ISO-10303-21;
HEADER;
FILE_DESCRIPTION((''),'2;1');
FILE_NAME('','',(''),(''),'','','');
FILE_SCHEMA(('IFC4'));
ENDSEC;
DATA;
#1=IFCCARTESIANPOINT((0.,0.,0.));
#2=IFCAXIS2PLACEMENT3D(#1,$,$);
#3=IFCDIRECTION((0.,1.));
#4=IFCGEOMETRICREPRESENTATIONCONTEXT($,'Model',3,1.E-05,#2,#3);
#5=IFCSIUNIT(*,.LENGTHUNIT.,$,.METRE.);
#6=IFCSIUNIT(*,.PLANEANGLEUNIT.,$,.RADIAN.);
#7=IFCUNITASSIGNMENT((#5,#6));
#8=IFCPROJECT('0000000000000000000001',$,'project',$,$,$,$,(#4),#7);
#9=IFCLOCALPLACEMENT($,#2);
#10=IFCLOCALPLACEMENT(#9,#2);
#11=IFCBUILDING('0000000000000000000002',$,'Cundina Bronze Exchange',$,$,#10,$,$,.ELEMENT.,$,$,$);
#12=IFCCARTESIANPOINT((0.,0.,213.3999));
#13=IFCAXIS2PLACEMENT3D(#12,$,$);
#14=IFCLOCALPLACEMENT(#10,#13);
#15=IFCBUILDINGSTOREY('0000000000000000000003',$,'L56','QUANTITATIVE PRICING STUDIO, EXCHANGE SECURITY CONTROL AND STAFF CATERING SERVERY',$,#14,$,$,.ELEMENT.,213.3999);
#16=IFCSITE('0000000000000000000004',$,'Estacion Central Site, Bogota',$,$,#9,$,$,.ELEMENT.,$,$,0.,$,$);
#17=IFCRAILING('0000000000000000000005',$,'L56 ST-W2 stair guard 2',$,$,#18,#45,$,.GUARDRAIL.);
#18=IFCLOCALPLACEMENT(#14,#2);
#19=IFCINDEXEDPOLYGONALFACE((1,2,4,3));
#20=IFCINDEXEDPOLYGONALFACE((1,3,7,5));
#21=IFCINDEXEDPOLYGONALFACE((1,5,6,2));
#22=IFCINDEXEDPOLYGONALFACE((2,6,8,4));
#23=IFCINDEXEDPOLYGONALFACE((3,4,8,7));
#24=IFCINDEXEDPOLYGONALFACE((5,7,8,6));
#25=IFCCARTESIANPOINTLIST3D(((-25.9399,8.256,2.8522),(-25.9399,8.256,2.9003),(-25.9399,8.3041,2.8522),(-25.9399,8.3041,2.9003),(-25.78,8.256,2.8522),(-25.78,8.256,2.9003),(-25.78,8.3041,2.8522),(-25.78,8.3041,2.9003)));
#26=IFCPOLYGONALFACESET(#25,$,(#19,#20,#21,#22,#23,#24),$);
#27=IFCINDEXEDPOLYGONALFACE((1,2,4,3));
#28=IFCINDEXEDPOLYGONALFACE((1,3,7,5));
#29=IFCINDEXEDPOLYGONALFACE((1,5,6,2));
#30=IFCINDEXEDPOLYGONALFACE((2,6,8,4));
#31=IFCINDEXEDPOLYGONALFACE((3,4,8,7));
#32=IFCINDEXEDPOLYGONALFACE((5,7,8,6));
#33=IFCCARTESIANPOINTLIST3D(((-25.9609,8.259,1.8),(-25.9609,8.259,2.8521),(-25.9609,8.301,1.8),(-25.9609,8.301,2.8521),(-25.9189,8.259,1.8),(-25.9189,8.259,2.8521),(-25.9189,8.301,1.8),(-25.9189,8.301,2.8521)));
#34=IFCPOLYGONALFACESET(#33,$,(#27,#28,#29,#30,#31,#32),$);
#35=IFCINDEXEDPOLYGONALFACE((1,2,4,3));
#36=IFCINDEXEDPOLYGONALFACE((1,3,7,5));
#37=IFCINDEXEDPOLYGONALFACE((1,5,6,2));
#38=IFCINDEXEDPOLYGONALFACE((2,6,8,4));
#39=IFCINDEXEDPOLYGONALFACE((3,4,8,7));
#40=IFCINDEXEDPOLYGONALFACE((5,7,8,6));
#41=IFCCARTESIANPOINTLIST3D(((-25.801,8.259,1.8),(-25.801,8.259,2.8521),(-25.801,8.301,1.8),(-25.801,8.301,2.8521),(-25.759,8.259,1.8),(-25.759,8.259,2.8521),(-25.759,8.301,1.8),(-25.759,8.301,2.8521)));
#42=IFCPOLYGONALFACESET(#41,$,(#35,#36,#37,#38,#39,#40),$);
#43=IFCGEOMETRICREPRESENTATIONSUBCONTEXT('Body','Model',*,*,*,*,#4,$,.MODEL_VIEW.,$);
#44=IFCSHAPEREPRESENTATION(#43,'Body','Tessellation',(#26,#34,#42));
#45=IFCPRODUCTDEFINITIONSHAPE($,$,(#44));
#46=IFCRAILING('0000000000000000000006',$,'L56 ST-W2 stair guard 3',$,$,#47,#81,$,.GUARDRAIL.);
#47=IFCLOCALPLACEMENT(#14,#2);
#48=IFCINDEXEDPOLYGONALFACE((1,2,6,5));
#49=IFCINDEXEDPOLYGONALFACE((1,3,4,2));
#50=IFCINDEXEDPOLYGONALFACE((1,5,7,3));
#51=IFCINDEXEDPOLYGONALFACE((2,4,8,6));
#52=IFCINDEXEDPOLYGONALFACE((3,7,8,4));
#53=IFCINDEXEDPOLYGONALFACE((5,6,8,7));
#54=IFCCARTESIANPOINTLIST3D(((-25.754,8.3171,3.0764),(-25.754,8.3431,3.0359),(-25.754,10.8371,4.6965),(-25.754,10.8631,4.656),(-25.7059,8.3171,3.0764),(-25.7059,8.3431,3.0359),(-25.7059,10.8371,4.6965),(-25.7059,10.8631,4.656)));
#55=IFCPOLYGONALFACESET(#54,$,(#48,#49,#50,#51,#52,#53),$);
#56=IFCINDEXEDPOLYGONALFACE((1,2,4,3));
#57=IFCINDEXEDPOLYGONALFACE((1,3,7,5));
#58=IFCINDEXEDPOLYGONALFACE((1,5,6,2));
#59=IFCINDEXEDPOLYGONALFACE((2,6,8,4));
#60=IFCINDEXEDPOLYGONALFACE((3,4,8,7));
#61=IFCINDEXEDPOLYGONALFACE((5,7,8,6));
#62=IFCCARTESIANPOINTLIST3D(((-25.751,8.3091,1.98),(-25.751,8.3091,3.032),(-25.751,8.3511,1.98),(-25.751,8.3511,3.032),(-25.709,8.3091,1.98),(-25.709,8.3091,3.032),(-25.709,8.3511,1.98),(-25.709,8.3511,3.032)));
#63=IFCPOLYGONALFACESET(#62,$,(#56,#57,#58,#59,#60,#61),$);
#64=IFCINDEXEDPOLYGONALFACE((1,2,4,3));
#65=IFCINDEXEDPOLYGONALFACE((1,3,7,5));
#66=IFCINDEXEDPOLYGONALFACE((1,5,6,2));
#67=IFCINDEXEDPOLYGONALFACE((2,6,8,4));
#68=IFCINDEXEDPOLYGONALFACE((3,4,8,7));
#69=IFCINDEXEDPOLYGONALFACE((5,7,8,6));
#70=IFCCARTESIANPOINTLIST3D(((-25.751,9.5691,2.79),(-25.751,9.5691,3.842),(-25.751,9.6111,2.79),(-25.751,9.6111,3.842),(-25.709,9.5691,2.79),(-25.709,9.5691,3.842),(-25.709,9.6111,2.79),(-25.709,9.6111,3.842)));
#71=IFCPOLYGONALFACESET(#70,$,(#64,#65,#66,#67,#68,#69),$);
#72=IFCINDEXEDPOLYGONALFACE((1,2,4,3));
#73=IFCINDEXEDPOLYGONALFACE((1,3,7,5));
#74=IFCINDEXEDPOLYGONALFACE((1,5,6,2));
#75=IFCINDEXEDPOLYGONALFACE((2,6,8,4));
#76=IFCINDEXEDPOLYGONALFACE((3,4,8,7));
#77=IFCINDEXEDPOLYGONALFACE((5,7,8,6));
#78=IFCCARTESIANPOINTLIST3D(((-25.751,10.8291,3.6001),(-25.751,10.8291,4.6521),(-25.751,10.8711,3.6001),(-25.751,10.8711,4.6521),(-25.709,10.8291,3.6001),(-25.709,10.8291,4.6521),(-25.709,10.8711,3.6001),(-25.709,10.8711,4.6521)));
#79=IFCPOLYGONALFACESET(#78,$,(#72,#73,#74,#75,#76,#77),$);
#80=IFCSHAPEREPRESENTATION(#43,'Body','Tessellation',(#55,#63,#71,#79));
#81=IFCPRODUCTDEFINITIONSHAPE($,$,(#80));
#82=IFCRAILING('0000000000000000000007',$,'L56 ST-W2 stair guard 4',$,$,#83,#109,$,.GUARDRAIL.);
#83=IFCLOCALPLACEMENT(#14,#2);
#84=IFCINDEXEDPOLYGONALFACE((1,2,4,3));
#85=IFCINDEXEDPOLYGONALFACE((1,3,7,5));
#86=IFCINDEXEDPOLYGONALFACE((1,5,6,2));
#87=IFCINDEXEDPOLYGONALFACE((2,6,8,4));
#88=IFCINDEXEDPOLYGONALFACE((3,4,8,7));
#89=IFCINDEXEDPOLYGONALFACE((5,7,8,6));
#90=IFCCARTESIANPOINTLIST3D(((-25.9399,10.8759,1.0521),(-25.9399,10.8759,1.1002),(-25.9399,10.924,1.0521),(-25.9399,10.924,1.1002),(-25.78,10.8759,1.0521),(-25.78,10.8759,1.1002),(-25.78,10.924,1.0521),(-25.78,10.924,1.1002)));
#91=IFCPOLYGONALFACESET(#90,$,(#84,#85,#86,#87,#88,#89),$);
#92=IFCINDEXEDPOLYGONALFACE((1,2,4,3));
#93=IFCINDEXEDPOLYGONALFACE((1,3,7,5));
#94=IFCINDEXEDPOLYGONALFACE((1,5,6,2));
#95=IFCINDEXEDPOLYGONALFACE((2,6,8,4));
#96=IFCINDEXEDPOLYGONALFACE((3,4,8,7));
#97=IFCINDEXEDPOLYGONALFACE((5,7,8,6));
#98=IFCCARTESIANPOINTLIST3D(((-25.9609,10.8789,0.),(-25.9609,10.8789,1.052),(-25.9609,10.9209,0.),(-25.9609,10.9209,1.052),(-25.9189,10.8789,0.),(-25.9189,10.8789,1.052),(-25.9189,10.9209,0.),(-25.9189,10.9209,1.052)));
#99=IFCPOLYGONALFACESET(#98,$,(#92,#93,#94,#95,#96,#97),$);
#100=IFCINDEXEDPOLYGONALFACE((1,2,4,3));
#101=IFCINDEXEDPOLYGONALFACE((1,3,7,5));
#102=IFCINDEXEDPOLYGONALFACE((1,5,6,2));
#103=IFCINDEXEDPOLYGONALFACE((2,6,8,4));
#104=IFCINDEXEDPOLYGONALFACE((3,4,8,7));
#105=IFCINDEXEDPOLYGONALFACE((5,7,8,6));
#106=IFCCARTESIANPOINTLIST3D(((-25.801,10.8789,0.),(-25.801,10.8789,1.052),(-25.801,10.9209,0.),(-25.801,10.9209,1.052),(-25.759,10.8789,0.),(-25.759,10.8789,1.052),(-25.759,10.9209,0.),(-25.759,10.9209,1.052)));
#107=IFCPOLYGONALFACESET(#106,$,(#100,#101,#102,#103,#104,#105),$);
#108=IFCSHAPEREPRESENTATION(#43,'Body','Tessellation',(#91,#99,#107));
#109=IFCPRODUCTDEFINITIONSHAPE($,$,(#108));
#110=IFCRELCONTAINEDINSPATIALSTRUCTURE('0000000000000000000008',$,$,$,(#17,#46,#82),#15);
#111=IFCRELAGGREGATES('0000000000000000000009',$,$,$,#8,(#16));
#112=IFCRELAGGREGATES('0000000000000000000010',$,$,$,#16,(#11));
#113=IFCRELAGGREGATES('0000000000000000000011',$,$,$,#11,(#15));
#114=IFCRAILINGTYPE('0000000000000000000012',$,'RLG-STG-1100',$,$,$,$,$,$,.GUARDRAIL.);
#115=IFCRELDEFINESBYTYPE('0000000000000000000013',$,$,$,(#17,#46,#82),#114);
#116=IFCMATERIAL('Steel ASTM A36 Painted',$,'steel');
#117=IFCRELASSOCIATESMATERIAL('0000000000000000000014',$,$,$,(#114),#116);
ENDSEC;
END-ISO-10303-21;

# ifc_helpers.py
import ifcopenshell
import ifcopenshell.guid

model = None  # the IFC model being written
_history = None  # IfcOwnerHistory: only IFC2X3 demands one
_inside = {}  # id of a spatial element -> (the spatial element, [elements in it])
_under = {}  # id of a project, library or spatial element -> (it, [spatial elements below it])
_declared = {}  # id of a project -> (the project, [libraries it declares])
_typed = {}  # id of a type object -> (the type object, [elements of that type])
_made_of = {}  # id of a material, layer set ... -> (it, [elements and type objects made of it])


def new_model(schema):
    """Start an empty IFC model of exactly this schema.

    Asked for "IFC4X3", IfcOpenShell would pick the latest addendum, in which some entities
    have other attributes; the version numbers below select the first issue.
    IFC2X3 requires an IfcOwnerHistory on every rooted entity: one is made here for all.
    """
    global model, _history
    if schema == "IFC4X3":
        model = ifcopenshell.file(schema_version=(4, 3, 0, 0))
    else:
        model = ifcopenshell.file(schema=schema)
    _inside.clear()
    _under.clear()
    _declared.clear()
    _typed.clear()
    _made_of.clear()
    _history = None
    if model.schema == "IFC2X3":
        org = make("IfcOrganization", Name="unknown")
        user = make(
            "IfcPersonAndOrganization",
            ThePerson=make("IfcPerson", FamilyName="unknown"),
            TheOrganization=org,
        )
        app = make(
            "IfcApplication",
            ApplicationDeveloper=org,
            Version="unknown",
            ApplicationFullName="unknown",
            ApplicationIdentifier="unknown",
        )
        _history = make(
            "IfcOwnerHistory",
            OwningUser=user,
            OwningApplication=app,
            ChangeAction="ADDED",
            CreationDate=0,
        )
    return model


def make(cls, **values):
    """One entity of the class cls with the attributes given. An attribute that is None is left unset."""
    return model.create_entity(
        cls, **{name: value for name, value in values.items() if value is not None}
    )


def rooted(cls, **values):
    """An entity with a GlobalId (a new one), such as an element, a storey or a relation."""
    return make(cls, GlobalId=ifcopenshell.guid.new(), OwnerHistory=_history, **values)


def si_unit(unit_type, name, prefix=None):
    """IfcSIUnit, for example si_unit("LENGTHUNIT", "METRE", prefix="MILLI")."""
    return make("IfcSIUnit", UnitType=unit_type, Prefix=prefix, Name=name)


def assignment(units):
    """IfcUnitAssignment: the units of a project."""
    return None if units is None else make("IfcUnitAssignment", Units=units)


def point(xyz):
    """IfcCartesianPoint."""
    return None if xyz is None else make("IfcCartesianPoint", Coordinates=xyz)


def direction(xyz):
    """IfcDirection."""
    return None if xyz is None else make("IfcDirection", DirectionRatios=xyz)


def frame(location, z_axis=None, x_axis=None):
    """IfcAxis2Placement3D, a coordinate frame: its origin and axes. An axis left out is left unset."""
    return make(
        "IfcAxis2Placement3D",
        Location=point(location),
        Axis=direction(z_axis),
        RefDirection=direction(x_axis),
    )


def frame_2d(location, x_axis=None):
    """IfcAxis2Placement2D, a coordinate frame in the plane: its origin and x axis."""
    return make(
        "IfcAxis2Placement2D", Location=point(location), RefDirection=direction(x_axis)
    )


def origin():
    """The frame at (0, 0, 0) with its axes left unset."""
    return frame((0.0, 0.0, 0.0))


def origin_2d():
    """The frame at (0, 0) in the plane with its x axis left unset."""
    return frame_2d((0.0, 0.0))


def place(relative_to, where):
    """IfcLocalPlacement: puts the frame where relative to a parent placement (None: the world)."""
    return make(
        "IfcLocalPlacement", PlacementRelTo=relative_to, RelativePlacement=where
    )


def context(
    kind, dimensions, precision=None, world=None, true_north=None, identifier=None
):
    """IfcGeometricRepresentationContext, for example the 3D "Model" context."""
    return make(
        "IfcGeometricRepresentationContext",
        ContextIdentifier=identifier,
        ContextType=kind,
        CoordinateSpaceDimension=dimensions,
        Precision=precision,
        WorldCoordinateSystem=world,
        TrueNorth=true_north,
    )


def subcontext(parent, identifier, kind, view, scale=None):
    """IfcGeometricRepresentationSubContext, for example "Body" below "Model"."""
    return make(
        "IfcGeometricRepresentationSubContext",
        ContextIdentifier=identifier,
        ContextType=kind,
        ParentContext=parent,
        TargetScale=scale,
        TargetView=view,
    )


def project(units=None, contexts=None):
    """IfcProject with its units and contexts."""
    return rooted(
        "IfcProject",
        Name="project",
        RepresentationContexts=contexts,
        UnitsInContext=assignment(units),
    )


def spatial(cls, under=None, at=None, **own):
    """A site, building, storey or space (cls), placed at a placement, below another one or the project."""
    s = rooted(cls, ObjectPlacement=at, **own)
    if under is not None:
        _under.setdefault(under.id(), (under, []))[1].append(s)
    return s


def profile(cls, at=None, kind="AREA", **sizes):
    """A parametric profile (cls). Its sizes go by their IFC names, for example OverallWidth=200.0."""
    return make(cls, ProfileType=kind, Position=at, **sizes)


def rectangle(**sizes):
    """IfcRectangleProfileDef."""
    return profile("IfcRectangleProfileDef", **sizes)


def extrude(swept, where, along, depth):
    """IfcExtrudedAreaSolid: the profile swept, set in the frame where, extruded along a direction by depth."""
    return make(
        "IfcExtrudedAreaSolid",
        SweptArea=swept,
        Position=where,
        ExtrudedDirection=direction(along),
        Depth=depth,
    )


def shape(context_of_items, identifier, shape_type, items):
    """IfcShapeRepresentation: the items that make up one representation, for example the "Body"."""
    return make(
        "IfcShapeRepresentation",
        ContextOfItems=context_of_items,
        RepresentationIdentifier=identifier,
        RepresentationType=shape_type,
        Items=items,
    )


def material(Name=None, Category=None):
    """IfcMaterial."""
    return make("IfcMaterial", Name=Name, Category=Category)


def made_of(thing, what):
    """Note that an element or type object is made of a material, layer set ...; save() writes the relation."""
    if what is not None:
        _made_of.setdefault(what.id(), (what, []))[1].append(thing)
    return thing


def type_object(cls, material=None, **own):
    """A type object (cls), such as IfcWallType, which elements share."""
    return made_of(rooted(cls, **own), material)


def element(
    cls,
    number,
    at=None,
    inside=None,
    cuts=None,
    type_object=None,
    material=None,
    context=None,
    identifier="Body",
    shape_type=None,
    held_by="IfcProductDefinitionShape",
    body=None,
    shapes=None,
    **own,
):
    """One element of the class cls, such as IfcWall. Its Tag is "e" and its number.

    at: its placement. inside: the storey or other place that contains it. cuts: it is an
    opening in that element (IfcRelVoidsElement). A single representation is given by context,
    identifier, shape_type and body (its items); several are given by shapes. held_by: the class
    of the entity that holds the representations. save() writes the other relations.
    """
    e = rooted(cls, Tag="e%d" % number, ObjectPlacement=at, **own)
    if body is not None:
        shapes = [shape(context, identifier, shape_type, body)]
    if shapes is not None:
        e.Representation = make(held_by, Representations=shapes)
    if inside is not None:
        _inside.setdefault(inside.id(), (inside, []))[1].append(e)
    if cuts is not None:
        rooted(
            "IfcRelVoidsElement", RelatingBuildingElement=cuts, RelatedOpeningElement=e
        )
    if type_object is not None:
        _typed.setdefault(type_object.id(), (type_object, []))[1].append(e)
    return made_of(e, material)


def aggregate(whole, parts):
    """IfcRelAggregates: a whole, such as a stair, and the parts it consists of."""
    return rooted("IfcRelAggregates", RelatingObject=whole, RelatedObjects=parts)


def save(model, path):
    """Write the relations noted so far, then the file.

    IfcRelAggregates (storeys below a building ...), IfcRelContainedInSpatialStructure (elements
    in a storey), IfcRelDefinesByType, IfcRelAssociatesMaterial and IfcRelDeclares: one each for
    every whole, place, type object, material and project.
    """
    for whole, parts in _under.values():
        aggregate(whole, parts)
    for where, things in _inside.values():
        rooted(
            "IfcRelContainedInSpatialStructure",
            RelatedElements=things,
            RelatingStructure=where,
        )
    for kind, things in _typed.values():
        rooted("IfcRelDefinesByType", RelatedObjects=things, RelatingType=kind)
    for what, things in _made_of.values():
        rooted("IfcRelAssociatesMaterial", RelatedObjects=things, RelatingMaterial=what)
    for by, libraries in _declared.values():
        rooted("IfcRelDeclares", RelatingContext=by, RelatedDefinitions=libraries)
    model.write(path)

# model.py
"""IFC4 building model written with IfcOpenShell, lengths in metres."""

from ifc_helpers import new_model, si_unit, direction, frame, origin, origin_2d, place, context, subcontext, project, spatial, rectangle, extrude, material, type_object, element, save


model = new_model("IFC4")

# Units and contexts
model_context = context("Model", 3, precision=1e-05, world=origin(), true_north=direction((0.0, 1.0)))
body_context = subcontext(model_context, "Body", "Model", "MODEL_VIEW")
ifc_project = project(units=[si_unit("LENGTHUNIT", "METRE"), si_unit("PLANEANGLEUNIT", "RADIAN")], contexts=[model_context])

# Site, building, storey
site_placement = place(None, origin())
site = spatial("IfcSite", under=ifc_project, at=site_placement, Name="Estacion Central Site, Bogota", CompositionType="ELEMENT", RefElevation=0.0)
building_placement = place(site_placement, origin())
building = spatial("IfcBuilding", under=site, at=building_placement, Name="Cundina Bronze Exchange", CompositionType="ELEMENT")
storey_placement = place(building_placement, frame((0.0, 0.0, 213.3999)))
storey = spatial("IfcBuildingStorey", under=building, at=storey_placement, Name="L56", Description="QUANTITATIVE PRICING STUDIO, EXCHANGE SECURITY CONTROL AND STAFF CATERING SERVERY", CompositionType="ELEMENT", Elevation=213.3999)

# Shared definitions
ifc_material_1 = material(Name="Steel ASTM A36 Painted", Category="steel")

# Railings
railing_type_1 = type_object("IfcRailingType", Name="RLG-STG-1100", PredefinedType="GUARDRAIL", material=ifc_material_1)
railing_1_placement = place(storey_placement, frame((-25.9399, 8.28, 1.8)))
element("IfcRailing", 1, at=railing_1_placement, inside=storey, type_object=railing_type_1, Name="L56 ST-W2 stair guard 2", PredefinedType="GUARDRAIL", context=body_context, shape_type="SweptSolid", body=[
    extrude(rectangle(XDim=0.0481, YDim=0.0481, at=origin_2d()), frame((0.0, 0.0, 1.0762), z_axis=(1.0, 0.0, 0.0), x_axis=(0.0, 1.0, 0.0)), (0.0, 0.0, 1.0), 0.1599),
    extrude(rectangle(XDim=0.042, YDim=0.042, at=origin_2d()), origin(), (0.0, 0.0, 1.0), 1.052),
    extrude(rectangle(XDim=0.042, YDim=0.042, at=origin_2d()), frame((0.1599, 0.0, 0.0)), (0.0, 0.0, 1.0), 1.052),
])
railing_2_placement = place(storey_placement, frame((-25.73, 8.3301, 1.98)))
element("IfcRailing", 2, at=railing_2_placement, inside=storey, type_object=railing_type_1, Name="L56 ST-W2 stair guard 3", PredefinedType="GUARDRAIL", context=body_context, shape_type="SweptSolid", body=[
    extrude(rectangle(XDim=0.0481, YDim=0.0481, at=origin_2d()), frame((0.0, 0.0, 1.0762), z_axis=(0.0, 0.841163, 0.540782), x_axis=(-1.0, 0.0, 0.0)), (0.0, 0.0, 1.0), 2.9958),
    extrude(rectangle(XDim=0.042, YDim=0.042, at=origin_2d()), origin(), (0.0, 0.0, 1.0), 1.052),
    extrude(rectangle(XDim=0.042, YDim=0.042, at=origin_2d()), frame((0.0, 1.26, 0.8101)), (0.0, 0.0, 1.0), 1.052),
    extrude(rectangle(XDim=0.042, YDim=0.042, at=origin_2d()), frame((0.0, 2.52, 1.6201)), (0.0, 0.0, 1.0), 1.052),
])
railing_3_placement = place(storey_placement, frame((-25.9399, 10.8999, 0.0)))
element("IfcRailing", 3, at=railing_3_placement, inside=storey, type_object=railing_type_1, Name="L56 ST-W2 stair guard 4", PredefinedType="GUARDRAIL", context=body_context, shape_type="SweptSolid", body=[
    extrude(rectangle(XDim=0.0481, YDim=0.0481, at=origin_2d()), frame((0.0, 0.0, 1.0762), z_axis=(1.0, 0.0, 0.0), x_axis=(0.0, 1.0, 0.0)), (0.0, 0.0, 1.0), 0.1599),
    extrude(rectangle(XDim=0.042, YDim=0.042, at=origin_2d()), origin(), (0.0, 0.0, 1.0), 1.052),
    extrude(rectangle(XDim=0.042, YDim=0.042, at=origin_2d()), frame((0.1599, 0.0, 0.0)), (0.0, 0.0, 1.0), 1.052),
])

save(model, "model.ifc")
